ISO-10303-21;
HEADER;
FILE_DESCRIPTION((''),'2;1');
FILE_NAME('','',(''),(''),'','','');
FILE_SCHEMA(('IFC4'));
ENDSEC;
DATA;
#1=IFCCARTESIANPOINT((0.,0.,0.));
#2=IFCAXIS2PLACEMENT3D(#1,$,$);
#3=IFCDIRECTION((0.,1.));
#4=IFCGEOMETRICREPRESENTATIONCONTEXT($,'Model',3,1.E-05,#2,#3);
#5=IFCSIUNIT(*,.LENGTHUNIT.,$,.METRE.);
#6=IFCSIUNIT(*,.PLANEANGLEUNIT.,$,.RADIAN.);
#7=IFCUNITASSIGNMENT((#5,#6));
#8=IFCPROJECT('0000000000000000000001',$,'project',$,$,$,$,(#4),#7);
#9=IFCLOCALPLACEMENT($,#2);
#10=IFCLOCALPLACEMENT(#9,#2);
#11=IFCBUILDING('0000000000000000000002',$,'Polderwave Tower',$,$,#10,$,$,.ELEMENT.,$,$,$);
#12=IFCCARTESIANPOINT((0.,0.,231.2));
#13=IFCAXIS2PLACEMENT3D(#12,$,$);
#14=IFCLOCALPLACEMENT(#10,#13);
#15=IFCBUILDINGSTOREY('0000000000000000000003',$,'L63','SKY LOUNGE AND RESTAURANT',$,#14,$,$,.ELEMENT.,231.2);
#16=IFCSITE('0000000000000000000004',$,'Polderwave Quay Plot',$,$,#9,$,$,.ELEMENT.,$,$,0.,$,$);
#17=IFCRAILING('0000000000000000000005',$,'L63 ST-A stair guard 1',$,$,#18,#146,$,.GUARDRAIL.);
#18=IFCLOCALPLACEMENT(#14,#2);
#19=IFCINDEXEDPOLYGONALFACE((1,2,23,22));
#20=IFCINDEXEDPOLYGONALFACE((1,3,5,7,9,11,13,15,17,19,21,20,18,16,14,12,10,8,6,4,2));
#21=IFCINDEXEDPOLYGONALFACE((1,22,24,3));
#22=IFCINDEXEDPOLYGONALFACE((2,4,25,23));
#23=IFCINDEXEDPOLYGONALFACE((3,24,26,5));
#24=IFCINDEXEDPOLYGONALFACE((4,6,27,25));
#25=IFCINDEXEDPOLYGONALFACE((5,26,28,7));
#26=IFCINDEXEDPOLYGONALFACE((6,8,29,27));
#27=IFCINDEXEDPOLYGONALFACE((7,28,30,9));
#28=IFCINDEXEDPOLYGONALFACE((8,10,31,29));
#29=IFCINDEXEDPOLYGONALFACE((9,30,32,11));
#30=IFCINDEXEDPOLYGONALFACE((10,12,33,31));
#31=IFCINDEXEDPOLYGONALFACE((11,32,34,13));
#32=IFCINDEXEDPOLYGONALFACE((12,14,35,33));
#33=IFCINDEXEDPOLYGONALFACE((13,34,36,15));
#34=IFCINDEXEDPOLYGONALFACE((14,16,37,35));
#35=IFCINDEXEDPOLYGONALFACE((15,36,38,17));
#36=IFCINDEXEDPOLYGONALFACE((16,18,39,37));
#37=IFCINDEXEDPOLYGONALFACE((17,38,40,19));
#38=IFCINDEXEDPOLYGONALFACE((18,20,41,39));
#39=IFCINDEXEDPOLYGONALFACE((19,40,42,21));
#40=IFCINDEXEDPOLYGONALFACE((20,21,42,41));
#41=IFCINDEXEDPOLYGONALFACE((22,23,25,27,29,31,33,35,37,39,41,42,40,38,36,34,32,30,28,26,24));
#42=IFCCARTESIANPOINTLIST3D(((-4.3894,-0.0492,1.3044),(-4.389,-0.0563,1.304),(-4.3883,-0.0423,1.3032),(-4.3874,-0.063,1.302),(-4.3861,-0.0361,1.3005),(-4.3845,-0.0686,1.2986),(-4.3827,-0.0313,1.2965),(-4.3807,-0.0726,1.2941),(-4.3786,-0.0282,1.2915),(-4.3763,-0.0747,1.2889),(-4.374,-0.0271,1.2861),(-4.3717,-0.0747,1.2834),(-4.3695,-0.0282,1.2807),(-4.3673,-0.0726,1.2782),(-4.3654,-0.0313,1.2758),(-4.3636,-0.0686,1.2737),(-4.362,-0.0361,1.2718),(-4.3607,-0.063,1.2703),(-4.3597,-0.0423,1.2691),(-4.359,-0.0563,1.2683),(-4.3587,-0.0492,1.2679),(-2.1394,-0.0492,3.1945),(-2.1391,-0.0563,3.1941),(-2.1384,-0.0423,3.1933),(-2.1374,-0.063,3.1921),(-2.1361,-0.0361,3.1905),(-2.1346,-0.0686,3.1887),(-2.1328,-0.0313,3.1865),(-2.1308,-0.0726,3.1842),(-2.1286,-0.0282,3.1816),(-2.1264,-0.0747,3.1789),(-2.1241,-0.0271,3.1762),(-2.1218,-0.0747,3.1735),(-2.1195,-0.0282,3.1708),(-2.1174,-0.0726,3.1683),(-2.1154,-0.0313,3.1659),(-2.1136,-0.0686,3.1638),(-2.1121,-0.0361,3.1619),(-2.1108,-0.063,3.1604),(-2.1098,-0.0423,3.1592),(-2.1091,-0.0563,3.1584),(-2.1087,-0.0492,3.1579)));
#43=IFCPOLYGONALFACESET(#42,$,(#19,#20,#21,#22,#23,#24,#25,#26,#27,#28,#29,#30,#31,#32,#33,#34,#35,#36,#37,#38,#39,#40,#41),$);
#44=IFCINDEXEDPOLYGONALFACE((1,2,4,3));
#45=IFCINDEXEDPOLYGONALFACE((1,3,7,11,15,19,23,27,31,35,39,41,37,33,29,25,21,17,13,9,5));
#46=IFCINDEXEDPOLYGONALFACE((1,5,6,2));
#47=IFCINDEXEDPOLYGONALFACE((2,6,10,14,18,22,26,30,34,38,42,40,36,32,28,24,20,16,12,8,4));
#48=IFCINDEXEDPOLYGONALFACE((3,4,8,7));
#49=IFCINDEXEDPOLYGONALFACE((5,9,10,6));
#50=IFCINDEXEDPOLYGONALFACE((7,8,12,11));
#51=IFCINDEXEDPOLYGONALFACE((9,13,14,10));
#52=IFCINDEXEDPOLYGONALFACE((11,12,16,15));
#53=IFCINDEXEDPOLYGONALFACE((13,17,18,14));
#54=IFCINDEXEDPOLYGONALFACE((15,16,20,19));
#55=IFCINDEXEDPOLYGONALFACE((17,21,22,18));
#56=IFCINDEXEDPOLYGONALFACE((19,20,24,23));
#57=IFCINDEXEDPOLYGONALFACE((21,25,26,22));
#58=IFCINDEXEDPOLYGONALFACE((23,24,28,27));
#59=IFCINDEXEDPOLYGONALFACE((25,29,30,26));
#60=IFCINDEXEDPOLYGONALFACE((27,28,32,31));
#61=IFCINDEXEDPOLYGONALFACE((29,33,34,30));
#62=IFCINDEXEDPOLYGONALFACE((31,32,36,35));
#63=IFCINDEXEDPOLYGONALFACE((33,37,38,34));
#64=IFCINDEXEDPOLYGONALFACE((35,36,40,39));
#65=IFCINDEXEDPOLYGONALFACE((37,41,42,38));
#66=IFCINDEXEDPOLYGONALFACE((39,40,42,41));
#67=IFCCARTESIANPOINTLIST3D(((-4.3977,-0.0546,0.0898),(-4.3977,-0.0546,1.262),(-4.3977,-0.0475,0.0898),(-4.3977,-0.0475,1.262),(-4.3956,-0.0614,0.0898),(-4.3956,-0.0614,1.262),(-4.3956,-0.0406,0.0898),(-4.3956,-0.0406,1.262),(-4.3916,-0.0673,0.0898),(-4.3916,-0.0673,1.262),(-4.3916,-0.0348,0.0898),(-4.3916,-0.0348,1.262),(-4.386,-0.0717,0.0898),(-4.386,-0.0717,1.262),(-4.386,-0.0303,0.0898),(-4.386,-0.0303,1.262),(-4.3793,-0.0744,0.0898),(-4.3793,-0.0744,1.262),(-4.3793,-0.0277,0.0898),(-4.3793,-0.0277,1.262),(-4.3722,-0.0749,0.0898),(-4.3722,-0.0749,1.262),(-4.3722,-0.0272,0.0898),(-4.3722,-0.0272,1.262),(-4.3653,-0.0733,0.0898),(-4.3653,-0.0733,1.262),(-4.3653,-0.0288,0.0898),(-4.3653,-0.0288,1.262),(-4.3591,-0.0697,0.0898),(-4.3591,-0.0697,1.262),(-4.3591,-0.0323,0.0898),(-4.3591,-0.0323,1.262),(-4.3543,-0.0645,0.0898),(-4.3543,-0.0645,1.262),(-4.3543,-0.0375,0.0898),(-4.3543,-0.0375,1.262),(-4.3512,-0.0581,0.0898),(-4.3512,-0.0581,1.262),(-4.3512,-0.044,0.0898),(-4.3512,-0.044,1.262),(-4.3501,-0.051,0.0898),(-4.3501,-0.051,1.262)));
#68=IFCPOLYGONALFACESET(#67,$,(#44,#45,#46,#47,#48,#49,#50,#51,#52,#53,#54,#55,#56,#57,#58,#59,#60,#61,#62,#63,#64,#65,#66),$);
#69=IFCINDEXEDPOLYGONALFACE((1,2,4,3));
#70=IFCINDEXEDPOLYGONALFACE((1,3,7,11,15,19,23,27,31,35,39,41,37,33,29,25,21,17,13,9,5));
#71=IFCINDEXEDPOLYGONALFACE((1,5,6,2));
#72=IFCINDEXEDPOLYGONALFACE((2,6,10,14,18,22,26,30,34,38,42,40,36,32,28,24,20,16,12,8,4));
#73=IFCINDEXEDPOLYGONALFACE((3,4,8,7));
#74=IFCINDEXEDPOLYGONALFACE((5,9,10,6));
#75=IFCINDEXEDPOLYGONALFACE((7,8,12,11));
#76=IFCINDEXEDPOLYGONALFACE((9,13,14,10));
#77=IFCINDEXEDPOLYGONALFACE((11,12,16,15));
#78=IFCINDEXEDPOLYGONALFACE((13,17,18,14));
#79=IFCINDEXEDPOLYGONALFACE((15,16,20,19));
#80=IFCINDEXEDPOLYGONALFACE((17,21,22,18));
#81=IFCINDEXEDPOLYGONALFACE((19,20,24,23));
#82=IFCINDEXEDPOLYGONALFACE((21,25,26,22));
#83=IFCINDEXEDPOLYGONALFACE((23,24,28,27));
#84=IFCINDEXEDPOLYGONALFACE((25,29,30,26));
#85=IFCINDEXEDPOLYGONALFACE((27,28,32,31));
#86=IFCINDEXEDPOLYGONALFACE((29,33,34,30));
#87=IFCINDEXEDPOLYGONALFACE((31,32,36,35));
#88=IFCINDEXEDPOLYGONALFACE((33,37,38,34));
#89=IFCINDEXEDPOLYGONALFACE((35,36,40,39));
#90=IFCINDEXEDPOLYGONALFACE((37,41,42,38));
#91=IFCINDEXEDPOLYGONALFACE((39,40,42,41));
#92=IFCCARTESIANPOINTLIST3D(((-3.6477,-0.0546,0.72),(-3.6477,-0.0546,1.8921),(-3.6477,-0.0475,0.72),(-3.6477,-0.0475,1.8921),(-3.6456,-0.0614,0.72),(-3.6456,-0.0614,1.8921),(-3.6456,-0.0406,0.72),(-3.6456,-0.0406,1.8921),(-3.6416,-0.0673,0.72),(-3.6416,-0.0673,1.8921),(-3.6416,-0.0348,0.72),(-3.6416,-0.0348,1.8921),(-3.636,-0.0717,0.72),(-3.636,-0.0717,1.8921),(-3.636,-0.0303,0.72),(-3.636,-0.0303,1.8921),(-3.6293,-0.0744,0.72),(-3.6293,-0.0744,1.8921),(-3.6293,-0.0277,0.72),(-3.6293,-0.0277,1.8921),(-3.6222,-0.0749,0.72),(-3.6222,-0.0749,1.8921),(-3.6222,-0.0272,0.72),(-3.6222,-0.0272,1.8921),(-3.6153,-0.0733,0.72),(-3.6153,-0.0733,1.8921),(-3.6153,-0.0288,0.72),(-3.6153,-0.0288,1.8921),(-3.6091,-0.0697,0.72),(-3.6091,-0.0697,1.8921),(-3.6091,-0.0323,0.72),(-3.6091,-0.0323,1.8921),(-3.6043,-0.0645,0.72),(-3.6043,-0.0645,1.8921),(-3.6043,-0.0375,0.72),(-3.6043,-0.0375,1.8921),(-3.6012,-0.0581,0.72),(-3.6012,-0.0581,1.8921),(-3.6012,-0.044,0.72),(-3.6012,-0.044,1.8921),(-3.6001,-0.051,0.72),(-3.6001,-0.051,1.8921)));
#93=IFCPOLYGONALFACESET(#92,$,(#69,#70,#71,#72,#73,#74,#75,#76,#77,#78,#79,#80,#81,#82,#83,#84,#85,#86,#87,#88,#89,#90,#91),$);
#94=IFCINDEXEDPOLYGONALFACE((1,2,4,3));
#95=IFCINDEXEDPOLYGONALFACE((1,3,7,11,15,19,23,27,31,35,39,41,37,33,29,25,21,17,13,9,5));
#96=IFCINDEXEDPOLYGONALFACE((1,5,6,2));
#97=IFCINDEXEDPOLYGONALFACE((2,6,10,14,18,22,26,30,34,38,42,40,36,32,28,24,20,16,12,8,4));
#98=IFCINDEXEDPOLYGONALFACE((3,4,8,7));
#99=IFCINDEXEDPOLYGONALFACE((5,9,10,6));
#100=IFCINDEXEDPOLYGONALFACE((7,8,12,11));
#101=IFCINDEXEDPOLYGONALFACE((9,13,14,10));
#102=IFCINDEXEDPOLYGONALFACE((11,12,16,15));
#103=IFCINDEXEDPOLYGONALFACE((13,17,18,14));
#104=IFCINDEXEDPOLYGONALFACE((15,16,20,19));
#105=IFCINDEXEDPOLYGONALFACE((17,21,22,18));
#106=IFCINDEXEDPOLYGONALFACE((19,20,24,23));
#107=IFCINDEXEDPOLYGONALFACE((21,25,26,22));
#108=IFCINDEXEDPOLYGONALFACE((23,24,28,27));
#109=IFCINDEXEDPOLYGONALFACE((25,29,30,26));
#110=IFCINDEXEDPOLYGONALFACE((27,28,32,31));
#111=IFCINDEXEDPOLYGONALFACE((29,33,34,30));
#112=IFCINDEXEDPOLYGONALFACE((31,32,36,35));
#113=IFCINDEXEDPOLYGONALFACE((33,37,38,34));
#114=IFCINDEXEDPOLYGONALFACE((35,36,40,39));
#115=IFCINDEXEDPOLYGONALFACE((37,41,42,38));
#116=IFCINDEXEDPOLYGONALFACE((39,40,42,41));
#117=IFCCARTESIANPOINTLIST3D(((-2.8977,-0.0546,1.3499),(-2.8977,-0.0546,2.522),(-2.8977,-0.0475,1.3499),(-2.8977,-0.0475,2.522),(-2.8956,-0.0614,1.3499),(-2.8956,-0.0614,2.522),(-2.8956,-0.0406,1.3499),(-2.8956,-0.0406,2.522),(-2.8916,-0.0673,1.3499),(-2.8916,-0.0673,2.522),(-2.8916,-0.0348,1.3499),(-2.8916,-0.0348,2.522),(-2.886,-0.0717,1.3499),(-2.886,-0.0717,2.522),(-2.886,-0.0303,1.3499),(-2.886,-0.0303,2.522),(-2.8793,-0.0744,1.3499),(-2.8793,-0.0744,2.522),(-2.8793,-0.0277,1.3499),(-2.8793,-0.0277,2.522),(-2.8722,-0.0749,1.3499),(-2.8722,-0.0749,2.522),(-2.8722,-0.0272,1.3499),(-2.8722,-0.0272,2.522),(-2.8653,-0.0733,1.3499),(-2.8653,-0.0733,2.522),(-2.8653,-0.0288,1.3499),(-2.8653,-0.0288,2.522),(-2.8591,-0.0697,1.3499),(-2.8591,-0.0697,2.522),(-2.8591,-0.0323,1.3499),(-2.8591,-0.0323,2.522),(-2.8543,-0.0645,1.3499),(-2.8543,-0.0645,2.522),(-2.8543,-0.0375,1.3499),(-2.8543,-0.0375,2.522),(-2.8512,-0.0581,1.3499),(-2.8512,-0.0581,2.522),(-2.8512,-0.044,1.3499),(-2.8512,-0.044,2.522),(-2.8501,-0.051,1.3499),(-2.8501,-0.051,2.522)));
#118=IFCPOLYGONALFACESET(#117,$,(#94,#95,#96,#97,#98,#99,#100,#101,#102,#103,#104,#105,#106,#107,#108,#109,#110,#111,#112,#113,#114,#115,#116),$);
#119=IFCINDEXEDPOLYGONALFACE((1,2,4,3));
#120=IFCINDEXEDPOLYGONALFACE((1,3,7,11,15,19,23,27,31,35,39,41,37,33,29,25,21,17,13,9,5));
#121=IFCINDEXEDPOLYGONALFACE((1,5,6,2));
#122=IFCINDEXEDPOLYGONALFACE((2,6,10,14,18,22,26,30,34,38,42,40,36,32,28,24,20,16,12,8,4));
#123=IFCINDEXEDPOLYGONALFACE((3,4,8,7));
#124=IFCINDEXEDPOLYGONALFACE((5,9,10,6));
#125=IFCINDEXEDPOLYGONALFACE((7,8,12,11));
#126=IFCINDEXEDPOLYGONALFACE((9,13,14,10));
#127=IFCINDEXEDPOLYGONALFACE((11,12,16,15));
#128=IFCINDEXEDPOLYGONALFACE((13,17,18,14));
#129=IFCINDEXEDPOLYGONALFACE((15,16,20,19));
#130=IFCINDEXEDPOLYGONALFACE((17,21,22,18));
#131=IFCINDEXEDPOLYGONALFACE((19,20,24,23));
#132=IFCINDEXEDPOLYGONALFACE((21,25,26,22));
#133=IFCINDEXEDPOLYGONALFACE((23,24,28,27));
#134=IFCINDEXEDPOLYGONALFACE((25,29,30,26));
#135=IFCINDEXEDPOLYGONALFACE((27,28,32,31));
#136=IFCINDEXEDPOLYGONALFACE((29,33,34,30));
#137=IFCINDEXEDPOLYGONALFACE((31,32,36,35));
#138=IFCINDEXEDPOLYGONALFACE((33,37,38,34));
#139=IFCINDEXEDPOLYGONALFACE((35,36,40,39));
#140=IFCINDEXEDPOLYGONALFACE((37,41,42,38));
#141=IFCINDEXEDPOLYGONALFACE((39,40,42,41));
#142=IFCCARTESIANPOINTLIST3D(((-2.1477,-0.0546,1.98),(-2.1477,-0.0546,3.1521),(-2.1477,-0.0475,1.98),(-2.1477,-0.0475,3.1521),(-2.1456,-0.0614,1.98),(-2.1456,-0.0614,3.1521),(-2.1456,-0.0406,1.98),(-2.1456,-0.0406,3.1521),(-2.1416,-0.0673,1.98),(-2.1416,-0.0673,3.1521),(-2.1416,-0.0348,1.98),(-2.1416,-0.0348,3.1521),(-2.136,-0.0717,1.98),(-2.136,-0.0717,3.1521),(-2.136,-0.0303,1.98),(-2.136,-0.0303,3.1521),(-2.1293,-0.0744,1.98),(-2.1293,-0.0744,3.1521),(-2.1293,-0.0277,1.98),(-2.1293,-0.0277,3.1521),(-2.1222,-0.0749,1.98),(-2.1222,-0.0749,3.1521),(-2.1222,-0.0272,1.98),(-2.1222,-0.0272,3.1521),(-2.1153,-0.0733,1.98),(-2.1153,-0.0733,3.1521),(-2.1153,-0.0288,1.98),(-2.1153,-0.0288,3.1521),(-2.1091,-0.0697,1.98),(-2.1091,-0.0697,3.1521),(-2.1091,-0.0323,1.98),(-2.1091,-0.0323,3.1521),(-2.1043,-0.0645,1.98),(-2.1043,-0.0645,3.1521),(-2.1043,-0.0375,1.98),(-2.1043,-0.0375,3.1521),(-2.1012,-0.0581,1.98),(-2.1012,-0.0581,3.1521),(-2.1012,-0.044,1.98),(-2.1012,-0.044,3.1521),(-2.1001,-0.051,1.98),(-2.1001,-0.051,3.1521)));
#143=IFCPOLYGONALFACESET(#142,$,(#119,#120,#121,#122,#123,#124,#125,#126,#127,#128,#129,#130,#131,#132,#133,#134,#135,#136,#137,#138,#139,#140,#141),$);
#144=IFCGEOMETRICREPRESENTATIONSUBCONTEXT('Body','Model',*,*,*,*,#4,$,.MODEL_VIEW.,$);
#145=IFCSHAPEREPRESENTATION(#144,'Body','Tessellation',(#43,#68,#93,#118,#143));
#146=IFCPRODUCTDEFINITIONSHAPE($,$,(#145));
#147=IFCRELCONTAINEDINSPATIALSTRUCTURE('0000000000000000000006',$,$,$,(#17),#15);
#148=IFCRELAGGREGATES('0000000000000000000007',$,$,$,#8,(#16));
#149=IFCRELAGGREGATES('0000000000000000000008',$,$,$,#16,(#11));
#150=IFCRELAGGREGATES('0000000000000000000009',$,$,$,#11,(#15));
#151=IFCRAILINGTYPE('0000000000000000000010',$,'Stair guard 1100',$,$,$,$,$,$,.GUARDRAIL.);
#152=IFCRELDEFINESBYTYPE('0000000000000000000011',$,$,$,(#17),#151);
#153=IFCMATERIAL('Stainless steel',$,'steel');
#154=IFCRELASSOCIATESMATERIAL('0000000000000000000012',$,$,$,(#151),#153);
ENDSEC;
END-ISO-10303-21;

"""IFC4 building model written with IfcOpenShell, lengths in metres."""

from ifc_helpers import new_model, si_unit, direction, frame, origin, origin_2d, place, context, subcontext, project, spatial, circle, extrude, material, type_object, element, save


model = new_model("IFC4")

# Units and contexts
model_context = context("Model", 3, precision=1e-05, world=origin(), true_north=direction((0.0, 1.0)))
body_context = subcontext(model_context, "Body", "Model", "MODEL_VIEW")
ifc_project = project(units=[si_unit("LENGTHUNIT", "METRE"), si_unit("PLANEANGLEUNIT", "RADIAN")], contexts=[model_context])

# Site, building, storey
site_placement = place(None, origin())
site = spatial("IfcSite", under=ifc_project, at=site_placement, Name="Polderwave Quay Plot", CompositionType="ELEMENT", RefElevation=0.0)
building_placement = place(site_placement, origin())
building = spatial("IfcBuilding", under=site, at=building_placement, Name="Polderwave Tower", CompositionType="ELEMENT")
storey_placement = place(building_placement, frame((0.0, 0.0, 231.2)))
storey = spatial("IfcBuildingStorey", under=building, at=storey_placement, Name="L63", Description="SKY LOUNGE AND RESTAURANT", CompositionType="ELEMENT", Elevation=231.2)

# Railing
ifc_material_1 = material(Name="Stainless steel", Category="steel")
railing_type_1 = type_object("IfcRailingType", Name="Stair guard 1100", PredefinedType="GUARDRAIL", material=ifc_material_1)
railing_1_placement = place(storey_placement, frame((-4.374, -0.051, 0.0898)))
element("IfcRailing", 1, at=railing_1_placement, inside=storey, type_object=railing_type_1, Name="L63 ST-A stair guard 1", PredefinedType="GUARDRAIL", context=body_context, shape_type="SweptSolid", body=[
    extrude(circle(Radius=0.0239, at=origin_2d()), frame((0.0, 0.0, 1.1963), z_axis=(0.765682, 0.0, 0.643219), x_axis=(0.0, 1.0, 0.0)), (0.0, 0.0, 1.0), 2.9385),
    extrude(circle(Radius=0.0239, at=origin_2d()), origin(), (0.0, 0.0, 1.0), 1.1721),
    extrude(circle(Radius=0.0239, at=origin_2d()), frame((0.75, 0.0, 0.6301)), (0.0, 0.0, 1.0), 1.1721),
    extrude(circle(Radius=0.0239, at=origin_2d()), frame((1.5, 0.0, 1.26)), (0.0, 0.0, 1.0), 1.1721),
    extrude(circle(Radius=0.0239, at=origin_2d()), frame((2.25, 0.0, 1.8901)), (0.0, 0.0, 1.0), 1.1721),
])

save(model, "model.ifc")
